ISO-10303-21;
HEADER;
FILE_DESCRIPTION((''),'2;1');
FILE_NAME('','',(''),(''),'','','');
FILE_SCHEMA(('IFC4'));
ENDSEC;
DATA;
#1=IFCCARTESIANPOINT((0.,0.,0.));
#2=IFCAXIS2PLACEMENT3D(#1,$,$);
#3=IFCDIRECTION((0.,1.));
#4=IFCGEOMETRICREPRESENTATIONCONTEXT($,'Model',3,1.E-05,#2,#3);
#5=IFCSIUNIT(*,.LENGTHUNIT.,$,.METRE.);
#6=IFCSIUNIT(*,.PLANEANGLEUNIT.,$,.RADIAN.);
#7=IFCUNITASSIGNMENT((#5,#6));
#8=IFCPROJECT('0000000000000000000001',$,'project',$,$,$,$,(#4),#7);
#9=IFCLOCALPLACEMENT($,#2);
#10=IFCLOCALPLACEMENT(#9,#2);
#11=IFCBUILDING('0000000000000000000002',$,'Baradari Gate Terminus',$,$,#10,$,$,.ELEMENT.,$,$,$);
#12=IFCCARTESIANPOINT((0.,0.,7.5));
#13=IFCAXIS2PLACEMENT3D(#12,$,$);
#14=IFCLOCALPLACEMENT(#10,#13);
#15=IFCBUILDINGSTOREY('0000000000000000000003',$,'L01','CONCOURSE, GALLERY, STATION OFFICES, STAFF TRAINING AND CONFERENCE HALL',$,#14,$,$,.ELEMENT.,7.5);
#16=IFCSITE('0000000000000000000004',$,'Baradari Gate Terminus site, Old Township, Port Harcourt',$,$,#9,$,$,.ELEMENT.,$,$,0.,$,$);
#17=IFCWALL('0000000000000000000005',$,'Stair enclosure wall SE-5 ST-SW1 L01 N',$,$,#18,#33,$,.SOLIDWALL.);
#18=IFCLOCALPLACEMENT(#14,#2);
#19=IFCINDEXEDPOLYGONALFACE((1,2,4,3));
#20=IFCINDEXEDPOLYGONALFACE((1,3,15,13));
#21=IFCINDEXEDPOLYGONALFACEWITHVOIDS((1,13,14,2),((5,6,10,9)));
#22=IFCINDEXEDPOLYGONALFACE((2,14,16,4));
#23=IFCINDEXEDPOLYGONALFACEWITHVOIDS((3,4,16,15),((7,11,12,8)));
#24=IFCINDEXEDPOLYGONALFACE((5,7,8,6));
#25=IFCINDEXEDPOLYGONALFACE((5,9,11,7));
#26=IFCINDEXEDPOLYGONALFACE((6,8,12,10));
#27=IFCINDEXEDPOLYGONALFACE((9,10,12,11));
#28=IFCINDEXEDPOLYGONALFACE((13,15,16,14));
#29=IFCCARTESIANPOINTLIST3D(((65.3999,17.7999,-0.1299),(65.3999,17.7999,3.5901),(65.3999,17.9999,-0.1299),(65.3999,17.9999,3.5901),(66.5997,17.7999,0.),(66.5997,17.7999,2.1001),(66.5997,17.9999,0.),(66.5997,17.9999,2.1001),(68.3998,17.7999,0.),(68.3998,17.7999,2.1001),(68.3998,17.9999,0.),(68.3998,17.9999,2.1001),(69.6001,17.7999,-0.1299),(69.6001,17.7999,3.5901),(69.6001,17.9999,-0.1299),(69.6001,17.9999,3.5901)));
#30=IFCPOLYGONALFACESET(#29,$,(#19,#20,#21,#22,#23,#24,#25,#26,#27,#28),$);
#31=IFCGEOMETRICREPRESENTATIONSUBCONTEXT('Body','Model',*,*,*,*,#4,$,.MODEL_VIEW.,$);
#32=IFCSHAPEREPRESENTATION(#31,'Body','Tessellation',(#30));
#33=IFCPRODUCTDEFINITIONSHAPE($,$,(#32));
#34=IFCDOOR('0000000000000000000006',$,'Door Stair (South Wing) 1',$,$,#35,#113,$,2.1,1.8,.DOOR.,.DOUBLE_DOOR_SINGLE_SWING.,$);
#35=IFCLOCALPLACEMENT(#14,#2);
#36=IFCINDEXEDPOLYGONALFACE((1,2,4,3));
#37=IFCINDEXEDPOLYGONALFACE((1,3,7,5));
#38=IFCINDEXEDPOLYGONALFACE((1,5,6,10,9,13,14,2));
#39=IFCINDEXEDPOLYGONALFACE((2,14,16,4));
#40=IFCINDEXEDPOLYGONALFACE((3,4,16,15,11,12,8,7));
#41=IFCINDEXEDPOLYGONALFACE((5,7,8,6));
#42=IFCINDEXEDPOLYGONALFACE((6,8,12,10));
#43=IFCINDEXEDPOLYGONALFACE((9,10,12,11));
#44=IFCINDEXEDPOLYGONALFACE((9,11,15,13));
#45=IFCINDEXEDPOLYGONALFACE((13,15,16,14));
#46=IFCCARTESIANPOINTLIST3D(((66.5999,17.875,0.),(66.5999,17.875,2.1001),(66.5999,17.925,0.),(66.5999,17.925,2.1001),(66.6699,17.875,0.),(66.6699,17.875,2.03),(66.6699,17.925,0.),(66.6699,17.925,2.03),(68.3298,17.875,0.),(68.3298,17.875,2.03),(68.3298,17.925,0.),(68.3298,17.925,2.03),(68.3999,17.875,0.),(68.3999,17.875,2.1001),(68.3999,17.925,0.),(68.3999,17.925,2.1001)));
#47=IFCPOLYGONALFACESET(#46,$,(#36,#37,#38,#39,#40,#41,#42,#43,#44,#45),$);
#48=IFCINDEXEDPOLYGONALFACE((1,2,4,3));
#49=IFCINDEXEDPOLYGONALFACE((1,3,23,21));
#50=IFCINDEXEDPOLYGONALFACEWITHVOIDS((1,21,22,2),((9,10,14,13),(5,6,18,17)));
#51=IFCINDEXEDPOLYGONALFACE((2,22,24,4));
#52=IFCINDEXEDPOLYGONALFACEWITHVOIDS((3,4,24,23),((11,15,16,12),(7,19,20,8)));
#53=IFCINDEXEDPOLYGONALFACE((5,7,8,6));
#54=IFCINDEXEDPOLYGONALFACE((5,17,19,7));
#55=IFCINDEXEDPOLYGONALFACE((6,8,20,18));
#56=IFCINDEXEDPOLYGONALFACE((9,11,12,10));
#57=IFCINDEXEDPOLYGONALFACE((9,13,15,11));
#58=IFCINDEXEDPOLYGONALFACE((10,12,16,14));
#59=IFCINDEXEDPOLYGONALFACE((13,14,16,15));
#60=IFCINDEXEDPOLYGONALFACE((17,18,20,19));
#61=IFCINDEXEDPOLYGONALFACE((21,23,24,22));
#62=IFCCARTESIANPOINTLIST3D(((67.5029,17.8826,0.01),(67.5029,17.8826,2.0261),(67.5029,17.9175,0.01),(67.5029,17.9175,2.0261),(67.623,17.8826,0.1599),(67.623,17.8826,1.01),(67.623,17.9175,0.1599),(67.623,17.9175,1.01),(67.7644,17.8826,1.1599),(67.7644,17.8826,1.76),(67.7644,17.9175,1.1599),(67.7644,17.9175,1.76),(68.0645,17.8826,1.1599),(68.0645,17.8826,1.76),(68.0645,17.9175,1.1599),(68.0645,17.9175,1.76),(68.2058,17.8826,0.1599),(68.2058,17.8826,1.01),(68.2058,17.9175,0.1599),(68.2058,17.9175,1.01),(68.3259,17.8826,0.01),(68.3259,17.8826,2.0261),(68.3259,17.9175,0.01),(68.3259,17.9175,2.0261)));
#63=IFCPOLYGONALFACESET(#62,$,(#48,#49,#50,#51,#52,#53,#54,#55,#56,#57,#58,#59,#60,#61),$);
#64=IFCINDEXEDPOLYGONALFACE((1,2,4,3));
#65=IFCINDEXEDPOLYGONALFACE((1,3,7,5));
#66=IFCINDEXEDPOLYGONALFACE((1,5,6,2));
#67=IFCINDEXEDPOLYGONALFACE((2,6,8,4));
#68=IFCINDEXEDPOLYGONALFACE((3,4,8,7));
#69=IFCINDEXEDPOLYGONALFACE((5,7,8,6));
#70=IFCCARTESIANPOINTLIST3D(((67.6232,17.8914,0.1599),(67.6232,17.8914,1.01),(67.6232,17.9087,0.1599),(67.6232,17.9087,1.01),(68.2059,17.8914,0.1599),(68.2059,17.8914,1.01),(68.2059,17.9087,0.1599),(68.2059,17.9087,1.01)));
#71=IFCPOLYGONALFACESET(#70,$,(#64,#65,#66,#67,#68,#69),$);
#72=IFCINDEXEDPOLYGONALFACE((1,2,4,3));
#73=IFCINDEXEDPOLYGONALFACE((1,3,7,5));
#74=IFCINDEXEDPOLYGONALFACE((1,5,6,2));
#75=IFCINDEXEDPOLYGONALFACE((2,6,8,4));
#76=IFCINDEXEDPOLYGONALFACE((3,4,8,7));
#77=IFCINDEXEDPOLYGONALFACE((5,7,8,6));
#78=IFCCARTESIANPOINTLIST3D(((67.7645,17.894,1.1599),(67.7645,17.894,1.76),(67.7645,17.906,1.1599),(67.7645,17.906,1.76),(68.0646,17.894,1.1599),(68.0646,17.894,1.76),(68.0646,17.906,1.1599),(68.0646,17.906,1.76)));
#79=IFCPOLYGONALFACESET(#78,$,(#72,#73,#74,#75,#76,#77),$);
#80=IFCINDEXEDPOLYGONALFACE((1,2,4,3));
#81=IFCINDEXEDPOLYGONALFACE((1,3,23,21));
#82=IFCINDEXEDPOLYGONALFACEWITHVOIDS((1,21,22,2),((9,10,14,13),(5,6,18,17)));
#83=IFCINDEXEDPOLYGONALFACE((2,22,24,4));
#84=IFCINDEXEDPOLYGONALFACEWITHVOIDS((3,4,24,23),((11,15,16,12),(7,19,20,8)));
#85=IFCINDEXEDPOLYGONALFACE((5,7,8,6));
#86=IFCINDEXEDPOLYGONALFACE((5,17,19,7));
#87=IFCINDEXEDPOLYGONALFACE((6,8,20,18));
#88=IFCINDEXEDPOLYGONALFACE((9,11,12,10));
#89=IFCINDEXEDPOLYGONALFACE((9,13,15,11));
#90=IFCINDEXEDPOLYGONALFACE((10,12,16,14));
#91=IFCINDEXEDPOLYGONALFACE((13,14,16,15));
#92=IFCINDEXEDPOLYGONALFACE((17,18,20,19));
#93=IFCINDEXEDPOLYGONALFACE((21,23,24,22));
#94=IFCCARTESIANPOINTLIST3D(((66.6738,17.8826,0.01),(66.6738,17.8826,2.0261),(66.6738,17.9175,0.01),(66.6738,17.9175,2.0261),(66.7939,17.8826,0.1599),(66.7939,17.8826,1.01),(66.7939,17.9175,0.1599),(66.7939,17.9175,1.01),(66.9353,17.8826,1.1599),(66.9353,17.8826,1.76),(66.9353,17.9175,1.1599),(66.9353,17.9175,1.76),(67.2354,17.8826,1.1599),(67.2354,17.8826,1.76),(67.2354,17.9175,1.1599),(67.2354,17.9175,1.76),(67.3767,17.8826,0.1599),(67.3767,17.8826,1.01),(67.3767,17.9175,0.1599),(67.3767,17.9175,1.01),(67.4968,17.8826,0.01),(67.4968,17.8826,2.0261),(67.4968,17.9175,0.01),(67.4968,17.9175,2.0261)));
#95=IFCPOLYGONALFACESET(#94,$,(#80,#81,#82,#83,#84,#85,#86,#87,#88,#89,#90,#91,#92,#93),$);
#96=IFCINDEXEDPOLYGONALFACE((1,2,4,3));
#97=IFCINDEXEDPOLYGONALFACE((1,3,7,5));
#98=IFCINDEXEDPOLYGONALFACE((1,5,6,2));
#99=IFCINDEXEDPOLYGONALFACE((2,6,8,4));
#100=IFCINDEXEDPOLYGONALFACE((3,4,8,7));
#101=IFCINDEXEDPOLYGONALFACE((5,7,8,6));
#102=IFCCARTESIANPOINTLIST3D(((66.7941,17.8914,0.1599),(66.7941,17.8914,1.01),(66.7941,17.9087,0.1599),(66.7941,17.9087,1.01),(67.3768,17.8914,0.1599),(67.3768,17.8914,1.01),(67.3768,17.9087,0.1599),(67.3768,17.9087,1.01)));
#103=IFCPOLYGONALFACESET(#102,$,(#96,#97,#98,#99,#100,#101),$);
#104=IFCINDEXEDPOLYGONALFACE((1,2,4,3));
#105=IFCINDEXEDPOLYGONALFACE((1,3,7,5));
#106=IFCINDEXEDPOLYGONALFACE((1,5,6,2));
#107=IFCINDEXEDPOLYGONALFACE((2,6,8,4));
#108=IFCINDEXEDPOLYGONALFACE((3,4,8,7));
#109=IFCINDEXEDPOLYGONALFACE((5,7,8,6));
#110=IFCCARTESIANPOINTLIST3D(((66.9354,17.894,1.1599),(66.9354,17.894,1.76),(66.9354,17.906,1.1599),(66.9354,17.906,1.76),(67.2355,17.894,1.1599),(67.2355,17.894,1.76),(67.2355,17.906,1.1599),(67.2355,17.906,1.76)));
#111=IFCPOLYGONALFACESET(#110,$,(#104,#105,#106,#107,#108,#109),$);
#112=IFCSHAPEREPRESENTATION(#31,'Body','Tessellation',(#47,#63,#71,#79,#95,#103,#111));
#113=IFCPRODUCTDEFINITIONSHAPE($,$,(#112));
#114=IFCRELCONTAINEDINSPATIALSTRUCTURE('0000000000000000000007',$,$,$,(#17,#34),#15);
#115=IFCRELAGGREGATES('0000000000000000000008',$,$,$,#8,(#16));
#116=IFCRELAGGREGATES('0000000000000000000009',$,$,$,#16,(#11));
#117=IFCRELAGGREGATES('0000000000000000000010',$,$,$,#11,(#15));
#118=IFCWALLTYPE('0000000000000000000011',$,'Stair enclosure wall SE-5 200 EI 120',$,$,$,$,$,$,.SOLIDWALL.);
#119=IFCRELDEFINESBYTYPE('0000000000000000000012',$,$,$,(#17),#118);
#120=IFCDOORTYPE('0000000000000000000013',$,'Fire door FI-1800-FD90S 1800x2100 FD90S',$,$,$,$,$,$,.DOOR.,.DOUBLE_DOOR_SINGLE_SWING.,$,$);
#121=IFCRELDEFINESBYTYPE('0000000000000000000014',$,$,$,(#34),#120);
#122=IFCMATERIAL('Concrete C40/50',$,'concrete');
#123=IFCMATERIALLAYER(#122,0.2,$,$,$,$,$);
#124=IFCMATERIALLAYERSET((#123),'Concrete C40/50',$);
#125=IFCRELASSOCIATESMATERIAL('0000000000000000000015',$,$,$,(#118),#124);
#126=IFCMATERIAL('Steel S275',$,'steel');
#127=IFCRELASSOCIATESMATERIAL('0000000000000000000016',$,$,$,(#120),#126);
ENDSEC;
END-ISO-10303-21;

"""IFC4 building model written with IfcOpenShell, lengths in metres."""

from ifc_helpers import new_model, si_unit, direction, frame, frame_2d, origin, place, context, subcontext, project, spatial, polyline, rectangle, outline, extrude, material, layer, layer_set, type_object, element, fill, save


model = new_model("IFC4")

# Units and contexts
model_context = context("Model", 3, precision=1e-05, world=origin(), true_north=direction((0.0, 1.0)))
body_context = subcontext(model_context, "Body", "Model", "MODEL_VIEW")
ifc_project = project(units=[si_unit("LENGTHUNIT", "METRE"), si_unit("PLANEANGLEUNIT", "RADIAN")], contexts=[model_context])

# Site, building, storey
site_placement = place(None, origin())
site = spatial("IfcSite", under=ifc_project, at=site_placement, Name="Baradari Gate Terminus site, Old Township, Port Harcourt", CompositionType="ELEMENT", RefElevation=0.0)
building_placement = place(site_placement, origin())
building = spatial("IfcBuilding", under=site, at=building_placement, Name="Baradari Gate Terminus", CompositionType="ELEMENT")
storey_placement = place(building_placement, frame((0.0, 0.0, 7.5)))
storey = spatial("IfcBuildingStorey", under=building, at=storey_placement, Name="L01", Description="CONCOURSE, GALLERY, STATION OFFICES, STAFF TRAINING AND CONFERENCE HALL", CompositionType="ELEMENT", Elevation=7.5)

# Shared definitions
ifc_material_1 = material(Name="Concrete C40/50", Category="concrete")
ifc_layer_1 = layer(ifc_material_1, 0.2)
ifc_layer_set_1 = layer_set([ifc_layer_1], Name="Concrete C40/50")
wall_type_1 = type_object("IfcWallType", Name="Stair enclosure wall SE-5 200 EI 120", PredefinedType="SOLIDWALL", material=ifc_layer_set_1)

# Wall, opening, door
wall_1_placement = place(storey_placement, frame((65.3999, 17.8999, -0.1299), z_axis=(0.0, 0.0, 1.0), x_axis=(1.0, 0.0, 0.0)))
wall_1 = element("IfcWall", 1, at=wall_1_placement, inside=storey, type_object=wall_type_1, Name="Stair enclosure wall SE-5 ST-SW1 L01 N", PredefinedType="SOLIDWALL", context=body_context, shape_type="SweptSolid", body=[
    extrude(rectangle(XDim=4.2002, YDim=0.2, at=frame_2d((2.1001, 0.0))), origin(), (0.0, 0.0, 1.0), 3.72),
])
opening_1_placement = place(wall_1_placement, frame((1.2, 0.0, 0.1299)))
opening_1 = element("IfcOpeningElement", 2, at=opening_1_placement, cuts=wall_1, PredefinedType="OPENING", context=body_context, shape_type="SweptSolid", body=[
    extrude(rectangle(XDim=1.8, YDim=2.1001, at=frame_2d((0.8999, 1.05))), frame((0.0, 0.1099, 0.0), z_axis=(0.0, -1.0, 0.0), x_axis=(1.0, 0.0, 0.0)), (0.0, 0.0, 1.0), 0.22),
])
ifc_material_2 = material(Name="Steel S275", Category="steel")
door_type_1 = type_object("IfcDoorType", Name="Fire door FI-1800-FD90S 1800x2100 FD90S", OperationType="DOUBLE_DOOR_SINGLE_SWING", PredefinedType="DOOR", material=ifc_material_2)
door_1_placement = place(opening_1_placement, frame((1.8, 0.0, 0.0), z_axis=(0.0, 0.0, 1.0), x_axis=(-1.0, 0.0, 0.0)))
door_1 = element("IfcDoor", 3, at=door_1_placement, inside=storey, type_object=door_type_1, Name="Door Stair (South Wing) 1", OperationType="DOUBLE_DOOR_SINGLE_SWING", OverallHeight=2.1, OverallWidth=1.8, PredefinedType="DOOR", context=body_context, shape_type="SweptSolid", body=[
    extrude(outline(polyline([(0.0, 0.0), (0.0701, 0.0), (0.0701, 2.03), (1.73, 2.03), (1.73, 0.0), (1.8, 0.0), (1.8, 2.1001), (0.0, 2.1001), (0.0, 0.0)])), frame((0.0, 0.0249, 0.0), z_axis=(0.0, -1.0, 0.0), x_axis=(1.0, 0.0, 0.0)), (0.0, 0.0, 1.0), 0.05),
    extrude(outline(polyline([(0.074, 0.01), (0.897, 0.01), (0.897, 2.0261), (0.074, 2.0261), (0.074, 0.01)]), holes=[polyline([(0.1941, 0.1599), (0.7769, 0.1599), (0.7769, 1.01), (0.1941, 1.01), (0.1941, 0.1599)]), polyline([(0.3354, 1.1599), (0.6355, 1.1599), (0.6355, 1.76), (0.3354, 1.76), (0.3354, 1.1599)])]), frame((0.0, 0.0173, 0.0), z_axis=(0.0, -1.0, 0.0), x_axis=(1.0, 0.0, 0.0)), (0.0, 0.0, 1.0), 0.0349),
    extrude(rectangle(XDim=0.5828, YDim=0.8501, at=frame_2d((0.4854, 0.585))), frame((0.0, 0.0085, 0.0), z_axis=(0.0, -1.0, 0.0), x_axis=(1.0, 0.0, 0.0)), (0.0, 0.0, 1.0), 0.0173),
    extrude(rectangle(XDim=0.3, YDim=0.6001, at=frame_2d((0.4854, 1.46))), frame((0.0, 0.0059, 0.0), z_axis=(0.0, -1.0, 0.0), x_axis=(1.0, 0.0, 0.0)), (0.0, 0.0, 1.0), 0.012),
    extrude(outline(polyline([(0.9031, 0.01), (1.7261, 0.01), (1.7261, 2.0261), (0.9031, 2.0261), (0.9031, 0.01)]), holes=[polyline([(1.0232, 0.1599), (1.606, 0.1599), (1.606, 1.01), (1.0232, 1.01), (1.0232, 0.1599)]), polyline([(1.1646, 1.1599), (1.4646, 1.1599), (1.4646, 1.76), (1.1646, 1.76), (1.1646, 1.1599)])]), frame((0.0, 0.0173, 0.0), z_axis=(0.0, -1.0, 0.0), x_axis=(1.0, 0.0, 0.0)), (0.0, 0.0, 1.0), 0.0349),
    extrude(rectangle(XDim=0.5828, YDim=0.8501, at=frame_2d((1.3145, 0.585))), frame((0.0, 0.0085, 0.0), z_axis=(0.0, -1.0, 0.0), x_axis=(1.0, 0.0, 0.0)), (0.0, 0.0, 1.0), 0.0173),
    extrude(rectangle(XDim=0.3, YDim=0.6001, at=frame_2d((1.3145, 1.46))), frame((0.0, 0.0059, 0.0), z_axis=(0.0, -1.0, 0.0), x_axis=(1.0, 0.0, 0.0)), (0.0, 0.0, 1.0), 0.012),
])
fill(opening_1, door_1)

save(model, "model.ifc")
